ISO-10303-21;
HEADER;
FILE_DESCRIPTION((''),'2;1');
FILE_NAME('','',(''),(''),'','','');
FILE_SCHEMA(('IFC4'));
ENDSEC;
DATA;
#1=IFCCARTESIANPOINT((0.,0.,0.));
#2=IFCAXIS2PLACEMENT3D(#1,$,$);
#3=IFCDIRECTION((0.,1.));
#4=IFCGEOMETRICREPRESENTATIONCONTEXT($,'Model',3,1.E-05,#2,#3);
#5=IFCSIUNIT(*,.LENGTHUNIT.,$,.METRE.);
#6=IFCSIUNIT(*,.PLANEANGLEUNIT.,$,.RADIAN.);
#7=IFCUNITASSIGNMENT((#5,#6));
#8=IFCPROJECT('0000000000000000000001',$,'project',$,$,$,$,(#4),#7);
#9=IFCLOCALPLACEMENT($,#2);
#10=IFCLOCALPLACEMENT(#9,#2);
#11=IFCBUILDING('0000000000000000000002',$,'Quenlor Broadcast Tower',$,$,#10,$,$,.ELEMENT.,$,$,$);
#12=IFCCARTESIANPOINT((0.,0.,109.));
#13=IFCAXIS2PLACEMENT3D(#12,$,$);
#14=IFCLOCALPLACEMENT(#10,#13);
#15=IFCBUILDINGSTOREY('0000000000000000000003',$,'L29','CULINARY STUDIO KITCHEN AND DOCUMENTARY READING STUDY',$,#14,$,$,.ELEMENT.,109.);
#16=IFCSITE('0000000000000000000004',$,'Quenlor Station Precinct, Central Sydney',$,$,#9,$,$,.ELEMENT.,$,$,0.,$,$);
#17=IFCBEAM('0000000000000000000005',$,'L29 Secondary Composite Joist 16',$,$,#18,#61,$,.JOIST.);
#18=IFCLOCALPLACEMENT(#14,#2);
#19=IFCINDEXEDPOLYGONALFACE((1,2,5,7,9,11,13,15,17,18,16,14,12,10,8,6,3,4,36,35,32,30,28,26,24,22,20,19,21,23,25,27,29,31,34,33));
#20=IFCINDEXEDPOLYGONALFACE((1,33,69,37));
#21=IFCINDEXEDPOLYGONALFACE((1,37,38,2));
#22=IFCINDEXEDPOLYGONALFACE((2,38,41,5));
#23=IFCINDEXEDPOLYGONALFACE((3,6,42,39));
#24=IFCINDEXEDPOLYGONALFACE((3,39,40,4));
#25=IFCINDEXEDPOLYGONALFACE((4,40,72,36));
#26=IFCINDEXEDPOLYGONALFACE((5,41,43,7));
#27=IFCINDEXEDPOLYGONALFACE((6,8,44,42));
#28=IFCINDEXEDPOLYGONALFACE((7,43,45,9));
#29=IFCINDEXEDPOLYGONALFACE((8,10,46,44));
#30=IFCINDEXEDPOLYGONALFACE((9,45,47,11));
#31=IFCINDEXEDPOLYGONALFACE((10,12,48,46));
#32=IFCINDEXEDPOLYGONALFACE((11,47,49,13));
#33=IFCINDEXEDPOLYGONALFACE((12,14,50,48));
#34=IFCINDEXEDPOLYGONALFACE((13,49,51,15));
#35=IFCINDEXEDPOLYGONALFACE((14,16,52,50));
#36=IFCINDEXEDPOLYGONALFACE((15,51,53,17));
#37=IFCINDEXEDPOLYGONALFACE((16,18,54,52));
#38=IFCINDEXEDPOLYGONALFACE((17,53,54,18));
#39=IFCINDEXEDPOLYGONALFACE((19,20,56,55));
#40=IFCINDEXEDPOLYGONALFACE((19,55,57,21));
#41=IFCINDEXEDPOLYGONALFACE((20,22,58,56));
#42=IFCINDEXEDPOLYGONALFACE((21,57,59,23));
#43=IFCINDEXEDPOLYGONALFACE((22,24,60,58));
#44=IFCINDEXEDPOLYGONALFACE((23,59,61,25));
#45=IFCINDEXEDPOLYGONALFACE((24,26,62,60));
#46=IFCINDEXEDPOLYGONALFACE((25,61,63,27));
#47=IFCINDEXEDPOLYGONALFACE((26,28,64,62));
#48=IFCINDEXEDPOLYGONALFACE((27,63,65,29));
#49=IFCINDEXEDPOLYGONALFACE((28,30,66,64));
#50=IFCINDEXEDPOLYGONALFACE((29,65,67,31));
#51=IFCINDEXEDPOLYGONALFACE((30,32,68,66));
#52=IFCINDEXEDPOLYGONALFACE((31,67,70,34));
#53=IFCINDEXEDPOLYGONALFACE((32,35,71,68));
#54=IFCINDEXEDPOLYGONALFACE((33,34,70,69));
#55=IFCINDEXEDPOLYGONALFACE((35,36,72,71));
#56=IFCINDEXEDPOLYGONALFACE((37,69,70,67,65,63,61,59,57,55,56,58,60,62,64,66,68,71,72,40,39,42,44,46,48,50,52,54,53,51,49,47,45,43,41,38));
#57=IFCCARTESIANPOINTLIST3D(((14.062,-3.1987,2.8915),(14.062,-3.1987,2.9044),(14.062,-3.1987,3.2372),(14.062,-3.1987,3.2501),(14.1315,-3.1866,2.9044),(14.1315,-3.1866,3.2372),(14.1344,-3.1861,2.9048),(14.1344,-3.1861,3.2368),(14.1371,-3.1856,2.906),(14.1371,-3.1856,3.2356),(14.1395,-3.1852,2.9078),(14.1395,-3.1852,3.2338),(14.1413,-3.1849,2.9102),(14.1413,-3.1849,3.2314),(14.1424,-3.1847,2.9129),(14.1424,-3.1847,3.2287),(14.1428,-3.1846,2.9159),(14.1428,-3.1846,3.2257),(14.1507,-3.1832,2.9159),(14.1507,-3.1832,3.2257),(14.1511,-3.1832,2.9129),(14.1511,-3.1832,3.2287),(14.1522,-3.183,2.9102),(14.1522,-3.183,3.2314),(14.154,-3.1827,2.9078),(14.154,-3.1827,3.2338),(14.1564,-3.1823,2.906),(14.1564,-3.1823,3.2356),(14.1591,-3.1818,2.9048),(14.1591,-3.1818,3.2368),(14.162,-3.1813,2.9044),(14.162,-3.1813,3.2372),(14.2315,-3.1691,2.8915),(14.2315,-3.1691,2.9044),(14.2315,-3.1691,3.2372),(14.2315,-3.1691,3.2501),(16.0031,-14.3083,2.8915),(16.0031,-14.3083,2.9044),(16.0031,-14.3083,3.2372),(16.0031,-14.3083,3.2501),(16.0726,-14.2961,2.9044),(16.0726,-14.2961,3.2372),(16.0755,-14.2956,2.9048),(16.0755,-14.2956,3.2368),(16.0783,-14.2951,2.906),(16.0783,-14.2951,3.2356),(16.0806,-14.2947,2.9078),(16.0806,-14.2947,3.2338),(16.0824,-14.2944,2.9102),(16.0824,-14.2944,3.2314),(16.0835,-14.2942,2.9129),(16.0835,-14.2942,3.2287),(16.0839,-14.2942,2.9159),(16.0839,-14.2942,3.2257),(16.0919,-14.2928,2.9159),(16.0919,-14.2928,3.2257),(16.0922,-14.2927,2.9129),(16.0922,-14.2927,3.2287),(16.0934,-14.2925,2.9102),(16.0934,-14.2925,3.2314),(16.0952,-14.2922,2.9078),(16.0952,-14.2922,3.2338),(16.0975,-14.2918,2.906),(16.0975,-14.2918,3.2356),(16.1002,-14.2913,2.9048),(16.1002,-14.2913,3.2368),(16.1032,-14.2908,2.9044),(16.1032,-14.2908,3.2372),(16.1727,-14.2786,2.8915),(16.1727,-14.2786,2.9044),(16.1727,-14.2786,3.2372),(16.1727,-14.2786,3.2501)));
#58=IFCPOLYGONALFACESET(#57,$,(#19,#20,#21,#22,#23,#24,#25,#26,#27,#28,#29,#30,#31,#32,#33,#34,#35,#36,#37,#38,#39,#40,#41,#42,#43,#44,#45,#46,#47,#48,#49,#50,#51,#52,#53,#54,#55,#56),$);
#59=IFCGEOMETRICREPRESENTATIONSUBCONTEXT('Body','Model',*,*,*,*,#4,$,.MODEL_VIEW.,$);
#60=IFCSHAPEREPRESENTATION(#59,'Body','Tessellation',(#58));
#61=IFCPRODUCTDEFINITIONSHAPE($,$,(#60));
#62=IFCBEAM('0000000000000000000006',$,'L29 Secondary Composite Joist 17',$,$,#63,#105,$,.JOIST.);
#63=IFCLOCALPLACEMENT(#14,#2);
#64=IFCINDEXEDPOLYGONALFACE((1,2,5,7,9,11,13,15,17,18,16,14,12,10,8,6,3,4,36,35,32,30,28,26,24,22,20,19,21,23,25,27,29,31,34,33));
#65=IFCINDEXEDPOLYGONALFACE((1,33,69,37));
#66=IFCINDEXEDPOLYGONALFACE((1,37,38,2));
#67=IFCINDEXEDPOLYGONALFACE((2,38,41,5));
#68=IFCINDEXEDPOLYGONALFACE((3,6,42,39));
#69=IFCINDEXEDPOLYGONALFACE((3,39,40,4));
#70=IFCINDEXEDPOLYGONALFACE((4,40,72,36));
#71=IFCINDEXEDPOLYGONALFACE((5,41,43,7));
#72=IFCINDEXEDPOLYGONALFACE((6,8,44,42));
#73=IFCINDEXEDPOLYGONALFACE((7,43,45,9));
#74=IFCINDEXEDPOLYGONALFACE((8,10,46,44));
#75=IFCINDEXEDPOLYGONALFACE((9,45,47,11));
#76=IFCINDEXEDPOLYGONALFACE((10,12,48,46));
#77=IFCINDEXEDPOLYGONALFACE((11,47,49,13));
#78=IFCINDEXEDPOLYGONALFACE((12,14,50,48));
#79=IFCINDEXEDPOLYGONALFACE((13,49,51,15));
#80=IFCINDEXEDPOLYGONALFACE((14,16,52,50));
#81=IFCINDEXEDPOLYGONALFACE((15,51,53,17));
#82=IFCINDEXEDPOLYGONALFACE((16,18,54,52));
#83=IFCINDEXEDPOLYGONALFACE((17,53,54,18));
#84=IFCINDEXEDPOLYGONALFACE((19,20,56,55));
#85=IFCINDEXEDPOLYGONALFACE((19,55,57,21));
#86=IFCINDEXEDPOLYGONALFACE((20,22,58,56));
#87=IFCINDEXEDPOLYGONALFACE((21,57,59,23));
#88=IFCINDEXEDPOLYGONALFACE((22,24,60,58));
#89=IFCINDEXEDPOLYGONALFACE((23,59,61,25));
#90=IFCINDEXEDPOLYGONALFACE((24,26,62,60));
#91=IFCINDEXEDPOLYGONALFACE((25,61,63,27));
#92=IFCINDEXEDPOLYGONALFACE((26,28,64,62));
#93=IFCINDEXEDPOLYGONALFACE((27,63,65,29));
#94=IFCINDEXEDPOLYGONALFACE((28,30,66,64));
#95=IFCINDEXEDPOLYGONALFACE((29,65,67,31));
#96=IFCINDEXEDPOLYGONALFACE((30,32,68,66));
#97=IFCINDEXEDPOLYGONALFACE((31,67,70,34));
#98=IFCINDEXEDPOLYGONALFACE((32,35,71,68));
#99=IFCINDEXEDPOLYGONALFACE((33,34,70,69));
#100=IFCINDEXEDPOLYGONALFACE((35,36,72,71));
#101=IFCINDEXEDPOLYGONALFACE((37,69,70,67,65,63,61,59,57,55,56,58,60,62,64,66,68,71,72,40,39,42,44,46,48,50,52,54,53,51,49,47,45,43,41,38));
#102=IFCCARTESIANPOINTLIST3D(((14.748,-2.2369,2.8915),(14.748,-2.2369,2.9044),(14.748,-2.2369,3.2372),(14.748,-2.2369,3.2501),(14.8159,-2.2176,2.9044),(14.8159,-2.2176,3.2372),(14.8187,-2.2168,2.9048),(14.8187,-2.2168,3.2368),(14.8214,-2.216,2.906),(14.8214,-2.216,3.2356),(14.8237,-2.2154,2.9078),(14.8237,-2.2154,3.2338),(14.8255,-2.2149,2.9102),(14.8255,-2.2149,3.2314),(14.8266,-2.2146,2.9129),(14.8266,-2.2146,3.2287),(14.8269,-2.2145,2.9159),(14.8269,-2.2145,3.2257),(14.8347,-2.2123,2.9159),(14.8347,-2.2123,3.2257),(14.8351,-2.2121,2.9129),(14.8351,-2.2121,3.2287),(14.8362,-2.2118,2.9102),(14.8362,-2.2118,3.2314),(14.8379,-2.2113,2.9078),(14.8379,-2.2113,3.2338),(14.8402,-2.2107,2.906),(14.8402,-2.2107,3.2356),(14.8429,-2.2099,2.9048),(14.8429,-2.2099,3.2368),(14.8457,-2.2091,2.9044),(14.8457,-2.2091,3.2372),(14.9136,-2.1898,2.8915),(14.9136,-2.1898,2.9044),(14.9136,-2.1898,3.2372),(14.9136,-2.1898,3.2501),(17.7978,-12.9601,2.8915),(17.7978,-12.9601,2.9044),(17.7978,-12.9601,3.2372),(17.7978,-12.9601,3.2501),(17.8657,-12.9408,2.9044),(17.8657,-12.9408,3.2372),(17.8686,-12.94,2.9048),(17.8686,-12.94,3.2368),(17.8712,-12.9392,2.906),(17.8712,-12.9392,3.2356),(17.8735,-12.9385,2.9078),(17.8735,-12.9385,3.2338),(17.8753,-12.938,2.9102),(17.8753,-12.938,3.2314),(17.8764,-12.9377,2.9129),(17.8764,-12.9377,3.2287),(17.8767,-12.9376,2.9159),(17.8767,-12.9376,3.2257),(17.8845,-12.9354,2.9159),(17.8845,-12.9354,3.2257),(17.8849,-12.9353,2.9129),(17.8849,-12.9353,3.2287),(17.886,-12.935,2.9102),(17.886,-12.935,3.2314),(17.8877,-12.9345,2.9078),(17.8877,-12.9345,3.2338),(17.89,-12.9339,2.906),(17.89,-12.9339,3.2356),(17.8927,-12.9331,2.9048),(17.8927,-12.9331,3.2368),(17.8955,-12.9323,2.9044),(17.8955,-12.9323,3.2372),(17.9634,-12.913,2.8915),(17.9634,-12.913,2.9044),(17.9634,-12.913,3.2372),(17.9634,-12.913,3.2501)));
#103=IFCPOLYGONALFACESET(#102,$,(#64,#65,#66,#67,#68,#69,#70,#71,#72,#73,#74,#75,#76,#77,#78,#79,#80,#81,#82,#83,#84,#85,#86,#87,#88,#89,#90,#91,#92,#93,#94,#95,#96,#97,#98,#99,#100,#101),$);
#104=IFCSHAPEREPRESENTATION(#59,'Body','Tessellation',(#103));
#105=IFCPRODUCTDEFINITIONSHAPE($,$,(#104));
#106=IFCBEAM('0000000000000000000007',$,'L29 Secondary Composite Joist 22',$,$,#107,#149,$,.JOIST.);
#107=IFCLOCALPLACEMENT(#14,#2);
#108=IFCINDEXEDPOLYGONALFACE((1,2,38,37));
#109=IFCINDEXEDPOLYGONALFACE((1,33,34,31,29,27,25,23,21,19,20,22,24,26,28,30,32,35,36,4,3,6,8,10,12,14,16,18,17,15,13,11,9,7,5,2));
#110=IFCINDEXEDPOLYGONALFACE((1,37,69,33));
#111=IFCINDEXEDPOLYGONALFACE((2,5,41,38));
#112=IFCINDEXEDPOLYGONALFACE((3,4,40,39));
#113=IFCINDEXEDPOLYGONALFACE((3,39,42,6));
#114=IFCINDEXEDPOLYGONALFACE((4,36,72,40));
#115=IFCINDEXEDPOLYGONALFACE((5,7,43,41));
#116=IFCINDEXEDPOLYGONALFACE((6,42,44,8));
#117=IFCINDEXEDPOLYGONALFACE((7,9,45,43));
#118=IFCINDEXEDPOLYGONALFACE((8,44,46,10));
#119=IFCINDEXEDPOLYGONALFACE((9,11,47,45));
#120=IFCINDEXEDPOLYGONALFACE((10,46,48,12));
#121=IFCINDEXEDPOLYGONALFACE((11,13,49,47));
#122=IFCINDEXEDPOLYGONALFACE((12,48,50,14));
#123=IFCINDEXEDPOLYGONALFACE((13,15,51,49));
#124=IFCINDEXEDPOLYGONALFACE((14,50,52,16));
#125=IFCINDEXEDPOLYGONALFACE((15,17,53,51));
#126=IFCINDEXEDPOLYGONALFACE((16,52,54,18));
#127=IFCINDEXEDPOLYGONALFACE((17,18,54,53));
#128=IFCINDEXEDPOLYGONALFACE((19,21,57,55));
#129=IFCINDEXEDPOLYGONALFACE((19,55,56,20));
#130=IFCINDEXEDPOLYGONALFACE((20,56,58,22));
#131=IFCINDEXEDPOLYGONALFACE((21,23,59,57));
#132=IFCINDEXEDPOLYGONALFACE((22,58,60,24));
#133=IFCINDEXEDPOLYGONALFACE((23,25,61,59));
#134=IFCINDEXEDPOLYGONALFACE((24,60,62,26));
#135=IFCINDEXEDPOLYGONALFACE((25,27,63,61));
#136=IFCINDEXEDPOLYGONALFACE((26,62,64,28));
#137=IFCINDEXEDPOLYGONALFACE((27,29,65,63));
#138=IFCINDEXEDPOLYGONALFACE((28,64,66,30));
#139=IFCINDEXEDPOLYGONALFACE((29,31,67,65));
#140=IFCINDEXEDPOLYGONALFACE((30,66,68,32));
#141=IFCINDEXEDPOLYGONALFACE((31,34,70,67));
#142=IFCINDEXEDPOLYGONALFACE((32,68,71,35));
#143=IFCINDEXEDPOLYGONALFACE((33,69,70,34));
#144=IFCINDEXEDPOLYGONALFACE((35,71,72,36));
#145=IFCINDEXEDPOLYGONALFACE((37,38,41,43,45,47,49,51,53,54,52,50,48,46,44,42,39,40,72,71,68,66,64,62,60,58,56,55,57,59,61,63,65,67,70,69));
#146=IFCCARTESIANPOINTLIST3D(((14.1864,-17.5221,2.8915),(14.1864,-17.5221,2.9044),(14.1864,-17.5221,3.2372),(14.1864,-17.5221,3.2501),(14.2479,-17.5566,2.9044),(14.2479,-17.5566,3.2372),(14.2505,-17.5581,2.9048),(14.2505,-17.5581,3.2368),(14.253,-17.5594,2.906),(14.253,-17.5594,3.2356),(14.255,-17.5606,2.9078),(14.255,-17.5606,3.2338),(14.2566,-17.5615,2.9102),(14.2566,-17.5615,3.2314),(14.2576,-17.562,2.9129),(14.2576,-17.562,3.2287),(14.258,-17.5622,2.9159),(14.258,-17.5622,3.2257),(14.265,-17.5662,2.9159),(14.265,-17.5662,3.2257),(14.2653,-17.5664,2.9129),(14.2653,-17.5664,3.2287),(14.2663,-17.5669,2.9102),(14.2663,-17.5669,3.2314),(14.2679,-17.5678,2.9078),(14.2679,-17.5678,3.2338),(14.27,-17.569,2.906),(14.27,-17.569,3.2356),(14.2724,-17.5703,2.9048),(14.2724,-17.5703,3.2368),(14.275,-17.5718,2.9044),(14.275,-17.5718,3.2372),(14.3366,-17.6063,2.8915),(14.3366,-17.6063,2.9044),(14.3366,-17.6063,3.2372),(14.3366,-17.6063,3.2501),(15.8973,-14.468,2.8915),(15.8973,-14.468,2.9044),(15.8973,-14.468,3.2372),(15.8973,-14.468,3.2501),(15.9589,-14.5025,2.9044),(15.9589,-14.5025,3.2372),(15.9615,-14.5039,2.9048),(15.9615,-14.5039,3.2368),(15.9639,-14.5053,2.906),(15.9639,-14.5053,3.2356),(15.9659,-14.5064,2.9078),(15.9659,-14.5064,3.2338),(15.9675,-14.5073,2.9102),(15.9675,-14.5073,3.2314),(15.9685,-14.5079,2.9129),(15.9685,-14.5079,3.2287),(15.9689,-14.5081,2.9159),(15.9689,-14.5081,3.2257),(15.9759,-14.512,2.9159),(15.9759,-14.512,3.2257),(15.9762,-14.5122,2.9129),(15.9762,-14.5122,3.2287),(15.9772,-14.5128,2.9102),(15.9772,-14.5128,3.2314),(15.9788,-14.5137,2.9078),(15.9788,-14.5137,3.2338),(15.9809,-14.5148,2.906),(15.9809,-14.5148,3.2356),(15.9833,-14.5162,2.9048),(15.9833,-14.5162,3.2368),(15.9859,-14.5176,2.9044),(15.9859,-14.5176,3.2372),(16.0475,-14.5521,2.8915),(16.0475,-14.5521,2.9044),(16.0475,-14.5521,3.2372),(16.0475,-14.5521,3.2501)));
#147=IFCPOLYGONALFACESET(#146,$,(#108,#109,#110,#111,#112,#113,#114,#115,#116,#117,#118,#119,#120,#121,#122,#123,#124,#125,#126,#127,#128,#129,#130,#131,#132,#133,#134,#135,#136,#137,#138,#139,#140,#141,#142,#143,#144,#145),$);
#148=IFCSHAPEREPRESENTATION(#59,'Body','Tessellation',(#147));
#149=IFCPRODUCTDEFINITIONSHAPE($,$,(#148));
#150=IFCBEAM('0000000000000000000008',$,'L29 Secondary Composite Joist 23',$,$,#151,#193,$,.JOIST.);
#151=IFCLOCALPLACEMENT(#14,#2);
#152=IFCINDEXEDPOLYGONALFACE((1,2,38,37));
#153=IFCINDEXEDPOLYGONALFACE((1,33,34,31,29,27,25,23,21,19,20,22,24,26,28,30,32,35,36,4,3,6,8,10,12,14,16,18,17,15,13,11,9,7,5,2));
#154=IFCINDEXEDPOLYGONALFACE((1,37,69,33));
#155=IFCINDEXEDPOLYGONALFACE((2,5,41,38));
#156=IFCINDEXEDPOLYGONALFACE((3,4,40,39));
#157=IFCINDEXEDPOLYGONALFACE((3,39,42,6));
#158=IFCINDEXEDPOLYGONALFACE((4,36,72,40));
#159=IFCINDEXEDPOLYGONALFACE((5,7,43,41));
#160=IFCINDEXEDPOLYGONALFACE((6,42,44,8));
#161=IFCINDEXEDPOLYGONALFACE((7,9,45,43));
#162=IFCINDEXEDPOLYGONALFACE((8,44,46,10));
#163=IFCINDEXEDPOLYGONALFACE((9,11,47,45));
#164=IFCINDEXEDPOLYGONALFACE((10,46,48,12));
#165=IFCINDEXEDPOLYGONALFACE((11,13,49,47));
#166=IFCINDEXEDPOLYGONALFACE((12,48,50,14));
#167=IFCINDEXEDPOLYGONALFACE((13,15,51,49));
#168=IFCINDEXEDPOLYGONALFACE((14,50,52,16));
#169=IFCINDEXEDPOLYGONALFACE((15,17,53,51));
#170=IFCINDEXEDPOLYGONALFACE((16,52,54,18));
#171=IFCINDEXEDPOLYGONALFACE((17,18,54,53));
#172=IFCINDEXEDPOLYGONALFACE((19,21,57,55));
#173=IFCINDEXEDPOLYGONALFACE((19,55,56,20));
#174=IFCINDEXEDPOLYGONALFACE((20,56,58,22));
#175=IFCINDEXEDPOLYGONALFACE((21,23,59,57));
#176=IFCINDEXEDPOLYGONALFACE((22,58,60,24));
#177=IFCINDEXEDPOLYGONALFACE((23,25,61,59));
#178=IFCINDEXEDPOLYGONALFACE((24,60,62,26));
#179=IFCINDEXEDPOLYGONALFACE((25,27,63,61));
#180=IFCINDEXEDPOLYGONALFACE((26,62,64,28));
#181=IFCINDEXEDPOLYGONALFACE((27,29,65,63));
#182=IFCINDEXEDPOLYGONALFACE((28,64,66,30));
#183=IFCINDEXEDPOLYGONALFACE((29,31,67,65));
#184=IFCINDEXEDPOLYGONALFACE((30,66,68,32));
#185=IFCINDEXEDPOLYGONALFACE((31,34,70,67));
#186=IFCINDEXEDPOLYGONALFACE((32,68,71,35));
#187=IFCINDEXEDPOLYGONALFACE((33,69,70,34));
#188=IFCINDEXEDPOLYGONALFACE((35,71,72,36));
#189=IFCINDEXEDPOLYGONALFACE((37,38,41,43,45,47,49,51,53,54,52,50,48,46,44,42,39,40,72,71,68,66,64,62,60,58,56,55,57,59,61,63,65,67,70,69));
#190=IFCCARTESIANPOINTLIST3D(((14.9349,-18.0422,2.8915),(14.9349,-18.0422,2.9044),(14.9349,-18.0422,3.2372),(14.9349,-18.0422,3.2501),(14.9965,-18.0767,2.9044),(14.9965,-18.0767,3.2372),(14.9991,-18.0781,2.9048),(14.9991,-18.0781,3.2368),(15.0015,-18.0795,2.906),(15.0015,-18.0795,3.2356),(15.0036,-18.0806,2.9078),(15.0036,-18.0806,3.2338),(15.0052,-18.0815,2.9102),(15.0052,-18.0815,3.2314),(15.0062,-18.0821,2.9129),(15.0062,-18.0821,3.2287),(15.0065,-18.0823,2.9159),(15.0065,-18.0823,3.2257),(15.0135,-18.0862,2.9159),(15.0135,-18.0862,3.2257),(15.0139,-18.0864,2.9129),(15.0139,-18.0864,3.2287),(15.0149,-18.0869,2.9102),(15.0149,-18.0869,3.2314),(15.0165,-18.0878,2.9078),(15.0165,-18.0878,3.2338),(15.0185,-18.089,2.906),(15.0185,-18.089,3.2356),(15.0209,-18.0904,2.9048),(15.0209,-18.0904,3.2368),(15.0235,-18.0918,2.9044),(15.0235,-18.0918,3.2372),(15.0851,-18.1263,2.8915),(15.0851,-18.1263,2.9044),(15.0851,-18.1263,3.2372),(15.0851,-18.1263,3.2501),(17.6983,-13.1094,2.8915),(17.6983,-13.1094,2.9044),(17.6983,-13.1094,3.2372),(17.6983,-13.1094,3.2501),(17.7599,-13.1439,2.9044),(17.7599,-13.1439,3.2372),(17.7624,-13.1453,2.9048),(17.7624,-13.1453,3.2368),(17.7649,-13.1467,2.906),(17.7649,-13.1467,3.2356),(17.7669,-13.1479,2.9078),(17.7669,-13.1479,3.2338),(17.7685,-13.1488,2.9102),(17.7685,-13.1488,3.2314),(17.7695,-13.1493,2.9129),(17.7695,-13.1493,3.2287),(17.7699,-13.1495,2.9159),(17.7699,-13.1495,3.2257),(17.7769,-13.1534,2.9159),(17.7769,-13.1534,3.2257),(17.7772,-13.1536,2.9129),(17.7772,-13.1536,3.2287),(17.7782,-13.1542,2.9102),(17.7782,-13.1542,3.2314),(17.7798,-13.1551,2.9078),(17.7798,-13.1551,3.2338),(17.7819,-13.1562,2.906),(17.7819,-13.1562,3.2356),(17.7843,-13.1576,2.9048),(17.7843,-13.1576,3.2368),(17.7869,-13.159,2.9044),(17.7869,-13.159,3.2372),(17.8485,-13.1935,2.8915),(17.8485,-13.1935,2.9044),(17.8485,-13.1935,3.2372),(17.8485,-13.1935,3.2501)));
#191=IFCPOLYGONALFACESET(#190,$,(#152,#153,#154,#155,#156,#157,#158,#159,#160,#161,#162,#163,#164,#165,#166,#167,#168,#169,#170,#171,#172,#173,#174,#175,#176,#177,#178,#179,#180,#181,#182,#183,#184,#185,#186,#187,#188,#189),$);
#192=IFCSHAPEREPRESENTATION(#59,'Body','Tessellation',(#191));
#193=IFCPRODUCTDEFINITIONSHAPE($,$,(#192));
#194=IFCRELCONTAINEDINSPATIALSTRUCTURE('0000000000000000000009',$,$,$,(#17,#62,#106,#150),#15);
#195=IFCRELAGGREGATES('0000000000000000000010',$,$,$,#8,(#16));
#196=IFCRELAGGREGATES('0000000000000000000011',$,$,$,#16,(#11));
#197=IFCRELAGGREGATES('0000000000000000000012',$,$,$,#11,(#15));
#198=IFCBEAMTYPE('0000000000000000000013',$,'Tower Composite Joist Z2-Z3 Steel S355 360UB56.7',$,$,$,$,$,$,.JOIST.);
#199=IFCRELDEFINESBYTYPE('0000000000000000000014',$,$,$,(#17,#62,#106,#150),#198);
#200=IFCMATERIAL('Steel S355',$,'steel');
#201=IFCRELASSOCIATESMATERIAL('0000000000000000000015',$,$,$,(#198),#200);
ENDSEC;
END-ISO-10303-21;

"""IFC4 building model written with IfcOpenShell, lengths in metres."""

from ifc_helpers import new_model, si_unit, direction, frame, origin, origin_2d, place, context, subcontext, project, spatial, i_section, extrude, material, material_profile, profile_set, type_object, element, save


model = new_model("IFC4")

# Units and contexts
model_context = context("Model", 3, precision=1e-05, world=origin(), true_north=direction((0.0, 1.0)))
body_context = subcontext(model_context, "Body", "Model", "MODEL_VIEW")
ifc_project = project(units=[si_unit("LENGTHUNIT", "METRE"), si_unit("PLANEANGLEUNIT", "RADIAN")], contexts=[model_context])

# Site, building, storey
site_placement = place(None, origin())
site = spatial("IfcSite", under=ifc_project, at=site_placement, Name="Quenlor Station Precinct, Central Sydney", CompositionType="ELEMENT", RefElevation=0.0)
building_placement = place(site_placement, origin())
building = spatial("IfcBuilding", under=site, at=building_placement, Name="Quenlor Broadcast Tower", CompositionType="ELEMENT")
storey_placement = place(building_placement, frame((0.0, 0.0, 109.0)))
storey = spatial("IfcBuildingStorey", under=building, at=storey_placement, Name="L29", Description="CULINARY STUDIO KITCHEN AND DOCUMENTARY READING STUDY", CompositionType="ELEMENT", Elevation=109.0)

# Beams
ifc_material_1 = material(Name="Steel S355", Category="steel")
ifc_material_profile_1 = material_profile(ifc_material_1, i_section(OverallWidth=0.1721, OverallDepth=0.3586, WebThickness=0.0081, FlangeThickness=0.0129, FilletRadius=0.0115, at=origin_2d()))
ifc_profile_set_1 = profile_set([ifc_material_profile_1], Name="Steel S355 360UB56.7")
beam_type_1 = type_object("IfcBeamType", Name="Tower Composite Joist Z2-Z3 Steel S355 360UB56.7", PredefinedType="JOIST", material=ifc_profile_set_1)
beam_1_placement = place(storey_placement, frame((16.0879, -14.2935, 3.0708), z_axis=(-0.17212, 0.985076, 0.0), x_axis=(-0.985076, -0.17212, 0.0)))
element("IfcBeam", 1, at=beam_1_placement, inside=storey, type_object=beam_type_1, Name="L29 Secondary Composite Joist 16", PredefinedType="JOIST", context=body_context, shape_type="SweptSolid", body=[
    extrude(i_section(OverallWidth=0.1721, OverallDepth=0.3586, WebThickness=0.0081, FlangeThickness=0.0129, FilletRadius=0.0115, at=origin_2d()), origin(), (0.0, 0.0, 1.0), 11.2778),
])
beam_2_placement = place(storey_placement, frame((17.8806, -12.9365, 3.0708), z_axis=(-0.273564, 0.961854, 0.0), x_axis=(-0.961854, -0.273564, 0.0)))
element("IfcBeam", 2, at=beam_2_placement, inside=storey, type_object=beam_type_1, Name="L29 Secondary Composite Joist 17", PredefinedType="JOIST", context=body_context, shape_type="SweptSolid", body=[
    extrude(i_section(OverallWidth=0.1721, OverallDepth=0.3586, WebThickness=0.0081, FlangeThickness=0.0129, FilletRadius=0.0115, at=origin_2d()), origin(), (0.0, 0.0, 1.0), 11.1484),
])
beam_3_placement = place(storey_placement, frame((14.2615, -17.5642, 3.0708), z_axis=(0.488731, 0.872435, 0.0), x_axis=(-0.872435, 0.488731, 0.0)))
element("IfcBeam", 3, at=beam_3_placement, inside=storey, type_object=beam_type_1, Name="L29 Secondary Composite Joist 22", PredefinedType="JOIST", context=body_context, shape_type="SweptSolid", body=[
    extrude(i_section(OverallWidth=0.1721, OverallDepth=0.3586, WebThickness=0.0081, FlangeThickness=0.0129, FilletRadius=0.0115, at=origin_2d()), origin(), (0.0, 0.0, 1.0), 3.5007),
])
beam_4_placement = place(storey_placement, frame((15.01, -18.0842, 3.0708), z_axis=(0.488741, 0.872429, 0.0), x_axis=(-0.872429, 0.488741, 0.0)))
element("IfcBeam", 4, at=beam_4_placement, inside=storey, type_object=beam_type_1, Name="L29 Secondary Composite Joist 23", PredefinedType="JOIST", context=body_context, shape_type="SweptSolid", body=[
    extrude(i_section(OverallWidth=0.1721, OverallDepth=0.3586, WebThickness=0.0081, FlangeThickness=0.0129, FilletRadius=0.0115, at=origin_2d()), origin(), (0.0, 0.0, 1.0), 5.6541),
])

save(model, "model.ifc")
